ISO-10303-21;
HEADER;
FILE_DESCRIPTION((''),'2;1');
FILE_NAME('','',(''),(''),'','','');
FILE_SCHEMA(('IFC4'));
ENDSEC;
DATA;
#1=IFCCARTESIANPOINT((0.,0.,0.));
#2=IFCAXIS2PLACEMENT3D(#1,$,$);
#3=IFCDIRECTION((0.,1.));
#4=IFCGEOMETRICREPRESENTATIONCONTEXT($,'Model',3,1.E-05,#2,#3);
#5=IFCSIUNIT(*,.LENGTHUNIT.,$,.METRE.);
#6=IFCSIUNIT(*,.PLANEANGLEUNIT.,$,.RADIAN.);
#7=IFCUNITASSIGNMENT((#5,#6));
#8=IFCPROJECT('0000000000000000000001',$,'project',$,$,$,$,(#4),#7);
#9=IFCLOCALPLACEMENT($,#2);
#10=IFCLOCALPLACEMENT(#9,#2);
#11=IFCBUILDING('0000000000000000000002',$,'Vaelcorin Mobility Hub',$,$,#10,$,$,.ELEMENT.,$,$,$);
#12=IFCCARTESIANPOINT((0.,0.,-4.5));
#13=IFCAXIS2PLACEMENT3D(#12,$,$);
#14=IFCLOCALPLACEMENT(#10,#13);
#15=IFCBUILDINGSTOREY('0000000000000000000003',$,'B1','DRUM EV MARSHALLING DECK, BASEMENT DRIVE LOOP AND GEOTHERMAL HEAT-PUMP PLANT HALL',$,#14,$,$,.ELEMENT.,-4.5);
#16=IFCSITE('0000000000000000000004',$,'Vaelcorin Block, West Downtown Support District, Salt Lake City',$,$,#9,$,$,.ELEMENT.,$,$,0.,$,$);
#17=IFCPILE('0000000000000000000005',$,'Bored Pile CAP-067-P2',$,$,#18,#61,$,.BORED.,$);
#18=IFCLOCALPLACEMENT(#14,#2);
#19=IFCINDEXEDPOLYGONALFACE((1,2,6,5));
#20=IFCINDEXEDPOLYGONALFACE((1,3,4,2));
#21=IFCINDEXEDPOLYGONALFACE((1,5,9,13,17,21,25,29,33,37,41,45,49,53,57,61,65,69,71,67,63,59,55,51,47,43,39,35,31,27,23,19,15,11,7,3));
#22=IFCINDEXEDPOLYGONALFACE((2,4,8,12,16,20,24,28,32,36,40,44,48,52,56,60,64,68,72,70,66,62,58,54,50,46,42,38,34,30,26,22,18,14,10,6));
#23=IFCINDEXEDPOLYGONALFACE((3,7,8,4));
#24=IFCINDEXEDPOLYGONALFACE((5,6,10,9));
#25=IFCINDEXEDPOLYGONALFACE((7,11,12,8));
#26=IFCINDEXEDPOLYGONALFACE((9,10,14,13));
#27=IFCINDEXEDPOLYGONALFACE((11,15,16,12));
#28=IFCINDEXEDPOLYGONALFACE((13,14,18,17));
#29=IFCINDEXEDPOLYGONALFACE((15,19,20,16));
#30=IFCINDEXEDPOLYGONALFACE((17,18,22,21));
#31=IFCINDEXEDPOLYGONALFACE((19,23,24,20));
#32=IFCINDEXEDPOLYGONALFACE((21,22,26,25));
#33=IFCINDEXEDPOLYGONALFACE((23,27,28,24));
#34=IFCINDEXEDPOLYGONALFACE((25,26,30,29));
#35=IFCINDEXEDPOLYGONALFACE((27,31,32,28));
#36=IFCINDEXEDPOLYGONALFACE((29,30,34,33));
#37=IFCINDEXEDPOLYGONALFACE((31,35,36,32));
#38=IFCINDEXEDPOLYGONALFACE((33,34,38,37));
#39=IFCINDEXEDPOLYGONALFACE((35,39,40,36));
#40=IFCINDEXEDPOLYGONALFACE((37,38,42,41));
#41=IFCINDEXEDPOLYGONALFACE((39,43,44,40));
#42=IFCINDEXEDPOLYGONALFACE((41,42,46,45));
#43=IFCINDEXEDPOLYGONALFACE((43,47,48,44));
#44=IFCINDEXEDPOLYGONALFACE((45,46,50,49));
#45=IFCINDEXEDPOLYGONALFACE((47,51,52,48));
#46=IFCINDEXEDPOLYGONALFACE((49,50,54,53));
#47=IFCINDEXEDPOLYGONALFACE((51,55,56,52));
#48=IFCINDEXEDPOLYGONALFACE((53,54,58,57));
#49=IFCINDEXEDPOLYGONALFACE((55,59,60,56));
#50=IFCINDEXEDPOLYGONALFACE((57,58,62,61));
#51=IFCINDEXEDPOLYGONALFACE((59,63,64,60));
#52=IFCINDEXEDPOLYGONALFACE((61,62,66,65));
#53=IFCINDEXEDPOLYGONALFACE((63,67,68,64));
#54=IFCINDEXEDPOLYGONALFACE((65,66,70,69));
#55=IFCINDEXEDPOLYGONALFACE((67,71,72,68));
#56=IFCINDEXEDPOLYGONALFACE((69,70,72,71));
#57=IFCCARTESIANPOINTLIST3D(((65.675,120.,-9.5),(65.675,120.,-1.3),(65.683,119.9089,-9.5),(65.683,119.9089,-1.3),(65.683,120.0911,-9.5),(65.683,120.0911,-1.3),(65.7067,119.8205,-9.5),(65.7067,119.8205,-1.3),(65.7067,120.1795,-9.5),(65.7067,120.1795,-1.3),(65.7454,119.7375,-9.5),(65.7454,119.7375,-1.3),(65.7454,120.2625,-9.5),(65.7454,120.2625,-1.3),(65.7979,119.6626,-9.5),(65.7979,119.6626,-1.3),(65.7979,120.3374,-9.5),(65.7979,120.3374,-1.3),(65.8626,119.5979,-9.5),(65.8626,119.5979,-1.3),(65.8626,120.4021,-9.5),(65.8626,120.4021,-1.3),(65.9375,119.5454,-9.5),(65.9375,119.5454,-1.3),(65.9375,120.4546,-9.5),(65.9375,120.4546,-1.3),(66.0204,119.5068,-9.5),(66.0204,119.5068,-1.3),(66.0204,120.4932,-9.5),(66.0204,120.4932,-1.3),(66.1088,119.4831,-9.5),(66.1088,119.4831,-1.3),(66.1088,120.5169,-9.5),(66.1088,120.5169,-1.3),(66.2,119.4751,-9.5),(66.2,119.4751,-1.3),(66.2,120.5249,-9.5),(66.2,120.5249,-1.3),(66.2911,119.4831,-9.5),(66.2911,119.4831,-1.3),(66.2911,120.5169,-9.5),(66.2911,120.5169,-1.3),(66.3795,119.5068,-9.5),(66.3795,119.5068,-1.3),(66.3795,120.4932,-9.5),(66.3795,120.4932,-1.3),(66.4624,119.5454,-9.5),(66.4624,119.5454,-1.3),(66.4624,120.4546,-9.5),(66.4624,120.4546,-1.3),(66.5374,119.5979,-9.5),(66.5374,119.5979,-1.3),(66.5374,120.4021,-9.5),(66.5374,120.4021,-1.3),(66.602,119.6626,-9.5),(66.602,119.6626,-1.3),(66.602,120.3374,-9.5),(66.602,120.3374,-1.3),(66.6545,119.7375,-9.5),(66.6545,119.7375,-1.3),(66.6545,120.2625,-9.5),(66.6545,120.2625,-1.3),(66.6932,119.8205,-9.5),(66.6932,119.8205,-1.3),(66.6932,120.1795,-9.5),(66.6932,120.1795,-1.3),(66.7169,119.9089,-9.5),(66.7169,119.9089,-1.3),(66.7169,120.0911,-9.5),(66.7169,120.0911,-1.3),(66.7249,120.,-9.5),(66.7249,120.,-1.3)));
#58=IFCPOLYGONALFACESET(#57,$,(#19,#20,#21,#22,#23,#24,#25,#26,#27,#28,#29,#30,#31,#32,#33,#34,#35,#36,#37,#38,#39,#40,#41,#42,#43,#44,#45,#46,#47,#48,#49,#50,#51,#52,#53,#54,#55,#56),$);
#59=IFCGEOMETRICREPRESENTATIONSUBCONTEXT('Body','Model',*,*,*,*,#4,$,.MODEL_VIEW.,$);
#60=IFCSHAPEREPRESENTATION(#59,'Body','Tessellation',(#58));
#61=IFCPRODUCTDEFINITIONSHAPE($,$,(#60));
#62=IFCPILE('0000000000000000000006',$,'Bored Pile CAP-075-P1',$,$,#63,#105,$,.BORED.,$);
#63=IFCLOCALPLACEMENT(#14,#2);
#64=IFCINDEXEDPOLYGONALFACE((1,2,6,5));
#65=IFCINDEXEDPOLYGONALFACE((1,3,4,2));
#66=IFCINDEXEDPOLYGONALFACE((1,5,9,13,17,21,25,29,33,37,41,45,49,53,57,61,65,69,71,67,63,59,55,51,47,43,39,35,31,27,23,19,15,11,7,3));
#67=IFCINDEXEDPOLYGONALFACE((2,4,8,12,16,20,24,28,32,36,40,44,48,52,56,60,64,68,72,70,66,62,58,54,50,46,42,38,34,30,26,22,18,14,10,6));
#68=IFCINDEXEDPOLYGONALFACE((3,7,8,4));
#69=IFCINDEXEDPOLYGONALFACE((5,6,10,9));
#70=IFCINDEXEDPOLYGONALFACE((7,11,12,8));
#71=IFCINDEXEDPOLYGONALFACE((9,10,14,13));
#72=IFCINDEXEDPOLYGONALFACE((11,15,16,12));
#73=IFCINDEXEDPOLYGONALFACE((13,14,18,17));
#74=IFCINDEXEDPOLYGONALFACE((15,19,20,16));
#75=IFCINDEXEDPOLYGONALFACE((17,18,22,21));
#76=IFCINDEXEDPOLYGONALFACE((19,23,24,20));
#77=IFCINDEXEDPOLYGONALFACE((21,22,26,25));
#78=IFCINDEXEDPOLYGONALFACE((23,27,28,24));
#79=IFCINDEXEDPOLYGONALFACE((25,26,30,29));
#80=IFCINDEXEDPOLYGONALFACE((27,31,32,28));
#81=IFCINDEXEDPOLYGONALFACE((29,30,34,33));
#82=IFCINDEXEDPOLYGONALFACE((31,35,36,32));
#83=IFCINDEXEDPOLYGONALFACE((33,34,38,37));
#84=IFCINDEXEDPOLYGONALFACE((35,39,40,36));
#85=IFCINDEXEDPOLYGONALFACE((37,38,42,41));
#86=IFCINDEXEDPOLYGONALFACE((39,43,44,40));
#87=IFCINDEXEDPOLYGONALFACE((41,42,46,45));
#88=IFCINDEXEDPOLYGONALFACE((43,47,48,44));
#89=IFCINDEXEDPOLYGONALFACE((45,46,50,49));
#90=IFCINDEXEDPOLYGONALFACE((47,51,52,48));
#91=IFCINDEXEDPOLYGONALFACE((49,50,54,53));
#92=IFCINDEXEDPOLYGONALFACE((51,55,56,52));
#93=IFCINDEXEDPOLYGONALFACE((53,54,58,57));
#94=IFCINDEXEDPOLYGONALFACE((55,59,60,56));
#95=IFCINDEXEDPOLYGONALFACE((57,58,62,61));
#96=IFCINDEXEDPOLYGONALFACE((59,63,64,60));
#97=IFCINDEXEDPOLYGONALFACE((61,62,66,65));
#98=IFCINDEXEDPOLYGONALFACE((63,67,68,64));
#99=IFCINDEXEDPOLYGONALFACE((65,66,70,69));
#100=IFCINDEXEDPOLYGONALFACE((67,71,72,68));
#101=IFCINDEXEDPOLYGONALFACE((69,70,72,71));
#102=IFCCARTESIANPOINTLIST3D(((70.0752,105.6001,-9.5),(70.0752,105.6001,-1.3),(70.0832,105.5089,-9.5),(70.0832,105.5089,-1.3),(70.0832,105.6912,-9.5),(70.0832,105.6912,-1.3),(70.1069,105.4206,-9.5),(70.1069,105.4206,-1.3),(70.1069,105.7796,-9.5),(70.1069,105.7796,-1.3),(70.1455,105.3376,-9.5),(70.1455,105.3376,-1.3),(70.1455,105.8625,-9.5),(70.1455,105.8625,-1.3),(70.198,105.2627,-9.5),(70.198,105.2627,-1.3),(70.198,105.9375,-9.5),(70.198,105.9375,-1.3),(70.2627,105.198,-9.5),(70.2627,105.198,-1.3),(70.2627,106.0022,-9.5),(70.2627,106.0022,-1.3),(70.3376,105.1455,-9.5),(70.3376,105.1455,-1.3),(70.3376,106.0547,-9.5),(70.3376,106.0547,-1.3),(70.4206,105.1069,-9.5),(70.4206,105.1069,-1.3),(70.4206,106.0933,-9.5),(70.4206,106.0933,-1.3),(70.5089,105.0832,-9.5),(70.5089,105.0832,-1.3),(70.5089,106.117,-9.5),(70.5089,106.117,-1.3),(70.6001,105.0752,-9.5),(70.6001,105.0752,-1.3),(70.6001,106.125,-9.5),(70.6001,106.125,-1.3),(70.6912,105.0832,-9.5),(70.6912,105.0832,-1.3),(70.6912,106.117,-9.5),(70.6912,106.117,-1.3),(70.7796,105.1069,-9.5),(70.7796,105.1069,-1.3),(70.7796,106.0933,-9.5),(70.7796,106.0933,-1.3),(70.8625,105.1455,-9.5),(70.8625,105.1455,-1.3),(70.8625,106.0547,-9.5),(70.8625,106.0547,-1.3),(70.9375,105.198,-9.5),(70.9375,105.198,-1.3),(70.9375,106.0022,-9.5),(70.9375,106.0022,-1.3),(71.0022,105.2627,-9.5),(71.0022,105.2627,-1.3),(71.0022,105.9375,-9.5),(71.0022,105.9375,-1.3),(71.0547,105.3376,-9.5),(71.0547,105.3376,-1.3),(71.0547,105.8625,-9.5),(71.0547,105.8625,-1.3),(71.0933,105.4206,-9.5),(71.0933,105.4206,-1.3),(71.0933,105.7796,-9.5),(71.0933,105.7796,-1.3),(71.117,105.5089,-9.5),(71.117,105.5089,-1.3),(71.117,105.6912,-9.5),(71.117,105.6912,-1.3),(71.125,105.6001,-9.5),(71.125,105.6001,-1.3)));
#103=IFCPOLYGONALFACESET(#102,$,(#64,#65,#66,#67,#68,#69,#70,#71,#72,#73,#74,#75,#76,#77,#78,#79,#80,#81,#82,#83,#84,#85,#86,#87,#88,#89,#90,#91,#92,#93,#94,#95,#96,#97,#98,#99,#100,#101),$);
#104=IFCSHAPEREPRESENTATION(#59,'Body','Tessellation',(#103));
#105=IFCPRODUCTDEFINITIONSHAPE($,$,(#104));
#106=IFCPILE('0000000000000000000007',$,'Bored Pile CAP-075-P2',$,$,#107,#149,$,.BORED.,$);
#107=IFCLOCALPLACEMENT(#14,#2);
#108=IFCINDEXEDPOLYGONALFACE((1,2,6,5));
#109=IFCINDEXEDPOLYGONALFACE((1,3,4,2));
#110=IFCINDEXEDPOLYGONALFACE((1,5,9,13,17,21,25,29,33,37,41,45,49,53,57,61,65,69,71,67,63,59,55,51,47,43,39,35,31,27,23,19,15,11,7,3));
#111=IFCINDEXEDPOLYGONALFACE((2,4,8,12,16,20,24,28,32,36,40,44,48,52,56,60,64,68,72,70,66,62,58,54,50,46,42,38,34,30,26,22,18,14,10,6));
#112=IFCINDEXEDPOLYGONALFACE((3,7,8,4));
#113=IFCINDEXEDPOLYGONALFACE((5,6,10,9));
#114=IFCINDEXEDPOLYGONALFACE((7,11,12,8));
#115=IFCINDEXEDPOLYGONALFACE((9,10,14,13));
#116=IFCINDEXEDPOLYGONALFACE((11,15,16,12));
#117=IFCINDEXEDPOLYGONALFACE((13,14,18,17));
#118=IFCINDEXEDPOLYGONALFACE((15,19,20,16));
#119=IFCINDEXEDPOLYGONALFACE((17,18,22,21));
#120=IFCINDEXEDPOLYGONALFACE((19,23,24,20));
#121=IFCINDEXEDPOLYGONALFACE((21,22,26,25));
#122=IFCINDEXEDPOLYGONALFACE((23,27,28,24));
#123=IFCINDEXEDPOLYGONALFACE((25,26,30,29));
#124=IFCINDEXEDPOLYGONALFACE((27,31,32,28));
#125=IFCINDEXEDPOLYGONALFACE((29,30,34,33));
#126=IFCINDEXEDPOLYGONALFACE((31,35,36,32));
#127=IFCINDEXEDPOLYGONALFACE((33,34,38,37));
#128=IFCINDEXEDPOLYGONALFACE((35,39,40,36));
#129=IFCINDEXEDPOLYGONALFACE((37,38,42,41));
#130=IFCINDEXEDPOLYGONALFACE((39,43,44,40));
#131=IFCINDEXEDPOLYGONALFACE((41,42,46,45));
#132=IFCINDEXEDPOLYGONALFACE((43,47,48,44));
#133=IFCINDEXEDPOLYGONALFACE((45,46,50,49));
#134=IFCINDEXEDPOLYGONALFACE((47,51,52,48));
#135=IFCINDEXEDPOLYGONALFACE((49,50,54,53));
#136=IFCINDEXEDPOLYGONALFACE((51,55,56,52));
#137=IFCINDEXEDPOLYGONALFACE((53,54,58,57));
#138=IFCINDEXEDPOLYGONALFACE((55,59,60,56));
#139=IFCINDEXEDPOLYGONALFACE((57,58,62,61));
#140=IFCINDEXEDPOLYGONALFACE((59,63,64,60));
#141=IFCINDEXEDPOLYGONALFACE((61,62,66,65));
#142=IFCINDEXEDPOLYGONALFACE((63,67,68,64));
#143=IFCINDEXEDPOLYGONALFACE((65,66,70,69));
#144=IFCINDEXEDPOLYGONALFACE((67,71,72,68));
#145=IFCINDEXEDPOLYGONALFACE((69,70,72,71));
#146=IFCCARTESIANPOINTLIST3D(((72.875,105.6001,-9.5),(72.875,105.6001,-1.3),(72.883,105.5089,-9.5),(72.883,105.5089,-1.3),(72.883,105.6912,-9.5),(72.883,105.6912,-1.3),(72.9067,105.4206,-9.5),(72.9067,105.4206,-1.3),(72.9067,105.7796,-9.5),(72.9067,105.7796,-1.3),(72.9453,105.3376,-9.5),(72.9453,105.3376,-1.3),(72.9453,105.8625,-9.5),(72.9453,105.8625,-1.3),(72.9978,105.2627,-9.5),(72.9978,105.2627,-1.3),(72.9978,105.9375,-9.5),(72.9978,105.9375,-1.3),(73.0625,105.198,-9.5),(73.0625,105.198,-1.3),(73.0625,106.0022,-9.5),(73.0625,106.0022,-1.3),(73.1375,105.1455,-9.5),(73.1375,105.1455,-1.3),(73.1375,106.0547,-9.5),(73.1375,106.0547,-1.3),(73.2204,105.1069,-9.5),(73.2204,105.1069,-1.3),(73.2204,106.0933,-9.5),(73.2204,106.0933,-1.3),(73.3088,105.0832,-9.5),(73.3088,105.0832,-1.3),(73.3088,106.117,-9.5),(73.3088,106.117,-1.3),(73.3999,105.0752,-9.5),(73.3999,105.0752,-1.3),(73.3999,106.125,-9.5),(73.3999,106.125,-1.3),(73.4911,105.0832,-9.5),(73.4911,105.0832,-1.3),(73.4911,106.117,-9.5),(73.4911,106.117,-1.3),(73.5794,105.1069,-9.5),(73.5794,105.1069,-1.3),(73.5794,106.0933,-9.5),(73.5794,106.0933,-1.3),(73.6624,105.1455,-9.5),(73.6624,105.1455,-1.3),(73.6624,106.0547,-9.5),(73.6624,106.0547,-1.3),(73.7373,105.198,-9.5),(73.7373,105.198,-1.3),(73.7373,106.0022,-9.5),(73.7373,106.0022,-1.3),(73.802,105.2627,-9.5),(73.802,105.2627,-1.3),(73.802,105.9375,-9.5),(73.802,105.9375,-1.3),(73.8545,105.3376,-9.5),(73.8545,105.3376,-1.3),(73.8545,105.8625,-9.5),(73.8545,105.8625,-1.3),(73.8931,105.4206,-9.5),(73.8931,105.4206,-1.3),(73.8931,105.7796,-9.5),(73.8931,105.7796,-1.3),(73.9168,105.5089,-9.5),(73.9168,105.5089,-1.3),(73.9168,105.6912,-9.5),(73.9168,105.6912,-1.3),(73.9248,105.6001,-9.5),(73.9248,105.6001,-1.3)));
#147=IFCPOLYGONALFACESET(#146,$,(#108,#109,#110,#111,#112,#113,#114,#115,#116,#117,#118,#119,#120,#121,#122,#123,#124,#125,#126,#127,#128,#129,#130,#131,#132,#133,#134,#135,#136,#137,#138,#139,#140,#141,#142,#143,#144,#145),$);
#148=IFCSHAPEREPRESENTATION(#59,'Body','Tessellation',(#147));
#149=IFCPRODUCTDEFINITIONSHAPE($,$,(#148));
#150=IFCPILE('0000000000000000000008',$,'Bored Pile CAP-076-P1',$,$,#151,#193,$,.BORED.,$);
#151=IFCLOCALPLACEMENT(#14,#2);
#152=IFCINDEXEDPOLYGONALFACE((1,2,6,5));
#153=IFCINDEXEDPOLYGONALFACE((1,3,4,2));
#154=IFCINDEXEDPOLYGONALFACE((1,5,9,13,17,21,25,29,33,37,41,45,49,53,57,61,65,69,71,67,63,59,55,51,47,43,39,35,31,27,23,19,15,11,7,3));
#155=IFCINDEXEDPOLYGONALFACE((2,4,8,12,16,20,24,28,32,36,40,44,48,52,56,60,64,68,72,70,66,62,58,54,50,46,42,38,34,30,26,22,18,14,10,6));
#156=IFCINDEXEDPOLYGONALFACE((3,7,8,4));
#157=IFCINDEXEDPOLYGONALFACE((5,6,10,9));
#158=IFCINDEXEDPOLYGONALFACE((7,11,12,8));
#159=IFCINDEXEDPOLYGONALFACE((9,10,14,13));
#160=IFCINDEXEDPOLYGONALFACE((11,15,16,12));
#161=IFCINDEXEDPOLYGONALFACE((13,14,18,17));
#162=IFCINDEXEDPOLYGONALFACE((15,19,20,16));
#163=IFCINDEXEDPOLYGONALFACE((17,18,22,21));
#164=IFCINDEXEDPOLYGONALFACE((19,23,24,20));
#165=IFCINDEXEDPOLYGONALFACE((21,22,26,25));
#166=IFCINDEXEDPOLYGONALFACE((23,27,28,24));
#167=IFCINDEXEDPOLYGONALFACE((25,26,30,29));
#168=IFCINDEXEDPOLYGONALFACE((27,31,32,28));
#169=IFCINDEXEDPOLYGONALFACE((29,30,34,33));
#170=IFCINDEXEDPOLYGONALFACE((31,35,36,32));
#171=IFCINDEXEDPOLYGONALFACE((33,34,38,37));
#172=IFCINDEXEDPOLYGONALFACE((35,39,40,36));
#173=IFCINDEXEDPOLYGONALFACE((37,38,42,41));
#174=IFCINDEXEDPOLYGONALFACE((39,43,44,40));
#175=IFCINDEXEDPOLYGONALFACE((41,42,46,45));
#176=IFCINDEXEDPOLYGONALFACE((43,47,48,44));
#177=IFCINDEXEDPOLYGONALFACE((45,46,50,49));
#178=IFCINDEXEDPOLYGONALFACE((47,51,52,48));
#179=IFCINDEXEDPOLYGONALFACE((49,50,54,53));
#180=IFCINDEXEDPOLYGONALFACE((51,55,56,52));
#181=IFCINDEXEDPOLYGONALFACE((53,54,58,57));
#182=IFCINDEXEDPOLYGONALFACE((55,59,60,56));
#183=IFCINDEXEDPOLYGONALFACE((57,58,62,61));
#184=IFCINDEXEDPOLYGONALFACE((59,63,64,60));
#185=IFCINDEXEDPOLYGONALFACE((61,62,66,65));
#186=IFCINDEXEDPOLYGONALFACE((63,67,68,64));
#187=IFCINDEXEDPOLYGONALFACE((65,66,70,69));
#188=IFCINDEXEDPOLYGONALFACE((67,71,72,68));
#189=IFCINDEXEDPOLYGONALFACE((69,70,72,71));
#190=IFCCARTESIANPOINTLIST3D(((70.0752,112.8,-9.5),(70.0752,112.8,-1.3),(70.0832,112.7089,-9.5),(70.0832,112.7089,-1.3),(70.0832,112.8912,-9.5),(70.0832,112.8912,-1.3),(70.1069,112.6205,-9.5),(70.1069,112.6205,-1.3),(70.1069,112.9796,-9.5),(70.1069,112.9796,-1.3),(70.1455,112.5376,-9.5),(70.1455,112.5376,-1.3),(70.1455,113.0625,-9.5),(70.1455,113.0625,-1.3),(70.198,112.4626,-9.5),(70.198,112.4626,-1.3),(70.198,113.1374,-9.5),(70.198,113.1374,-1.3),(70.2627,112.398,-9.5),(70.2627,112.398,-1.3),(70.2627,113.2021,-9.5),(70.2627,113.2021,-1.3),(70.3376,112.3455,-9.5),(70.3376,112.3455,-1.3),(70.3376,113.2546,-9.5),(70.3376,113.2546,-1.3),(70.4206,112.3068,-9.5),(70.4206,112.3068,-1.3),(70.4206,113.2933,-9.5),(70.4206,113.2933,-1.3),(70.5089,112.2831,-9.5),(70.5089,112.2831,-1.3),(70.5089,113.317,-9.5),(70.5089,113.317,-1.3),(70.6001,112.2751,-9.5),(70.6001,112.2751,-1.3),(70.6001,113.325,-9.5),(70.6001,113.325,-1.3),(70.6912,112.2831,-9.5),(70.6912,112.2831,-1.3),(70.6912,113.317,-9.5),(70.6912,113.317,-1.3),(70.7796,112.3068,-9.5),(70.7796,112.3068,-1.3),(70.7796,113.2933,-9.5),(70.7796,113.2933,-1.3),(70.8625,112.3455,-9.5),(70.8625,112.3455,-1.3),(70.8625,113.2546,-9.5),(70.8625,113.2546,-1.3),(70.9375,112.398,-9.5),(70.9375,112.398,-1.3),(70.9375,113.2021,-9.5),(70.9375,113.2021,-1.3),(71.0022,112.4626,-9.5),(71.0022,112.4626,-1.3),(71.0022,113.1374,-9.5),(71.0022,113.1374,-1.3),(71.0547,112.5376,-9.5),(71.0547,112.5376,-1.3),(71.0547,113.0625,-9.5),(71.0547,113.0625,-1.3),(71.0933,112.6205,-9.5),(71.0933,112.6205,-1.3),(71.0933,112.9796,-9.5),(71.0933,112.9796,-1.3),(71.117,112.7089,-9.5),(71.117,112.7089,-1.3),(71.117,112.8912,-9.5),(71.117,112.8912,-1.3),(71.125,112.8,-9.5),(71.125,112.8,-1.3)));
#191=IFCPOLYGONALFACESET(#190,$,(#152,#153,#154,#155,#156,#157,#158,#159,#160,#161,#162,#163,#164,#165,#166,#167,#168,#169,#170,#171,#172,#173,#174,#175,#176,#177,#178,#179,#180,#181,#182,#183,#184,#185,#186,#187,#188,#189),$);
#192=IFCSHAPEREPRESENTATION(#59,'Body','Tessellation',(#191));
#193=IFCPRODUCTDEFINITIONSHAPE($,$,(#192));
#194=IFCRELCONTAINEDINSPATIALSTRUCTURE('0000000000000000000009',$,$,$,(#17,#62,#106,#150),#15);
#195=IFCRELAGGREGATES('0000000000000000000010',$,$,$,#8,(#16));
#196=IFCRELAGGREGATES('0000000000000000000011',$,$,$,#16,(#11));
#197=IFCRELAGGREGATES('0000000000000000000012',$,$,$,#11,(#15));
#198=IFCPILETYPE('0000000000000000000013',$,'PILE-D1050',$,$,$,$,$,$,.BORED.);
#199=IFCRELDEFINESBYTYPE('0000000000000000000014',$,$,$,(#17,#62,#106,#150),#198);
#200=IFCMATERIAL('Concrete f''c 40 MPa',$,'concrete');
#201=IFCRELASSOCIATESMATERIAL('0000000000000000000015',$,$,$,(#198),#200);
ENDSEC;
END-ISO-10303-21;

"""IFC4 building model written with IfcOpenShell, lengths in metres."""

from ifc_helpers import new_model, si_unit, direction, frame, origin, origin_2d, place, context, subcontext, project, spatial, circle, extrude, material, material_profile, profile_set, type_object, element, save


model = new_model("IFC4")

# Units and contexts
model_context = context("Model", 3, precision=1e-05, world=origin(), true_north=direction((0.0, 1.0)))
body_context = subcontext(model_context, "Body", "Model", "MODEL_VIEW")
ifc_project = project(units=[si_unit("LENGTHUNIT", "METRE"), si_unit("PLANEANGLEUNIT", "RADIAN")], contexts=[model_context])

# Site, building, storey
site_placement = place(None, origin())
site = spatial("IfcSite", under=ifc_project, at=site_placement, Name="Vaelcorin Block, West Downtown Support District, Salt Lake City", CompositionType="ELEMENT", RefElevation=0.0)
building_placement = place(site_placement, origin())
building = spatial("IfcBuilding", under=site, at=building_placement, Name="Vaelcorin Mobility Hub", CompositionType="ELEMENT")
storey_placement = place(building_placement, frame((0.0, 0.0, -4.5)))
storey = spatial("IfcBuildingStorey", under=building, at=storey_placement, Name="B1", Description="DRUM EV MARSHALLING DECK, BASEMENT DRIVE LOOP AND GEOTHERMAL HEAT-PUMP PLANT HALL", CompositionType="ELEMENT", Elevation=-4.5)

# Shared definitions
ifc_material_1 = material(Name="Concrete f'c 40 MPa", Category="concrete")

# Piles
ifc_material_profile_1 = material_profile(ifc_material_1, circle(Radius=0.5249, at=origin_2d()), Name="BP-D1050")
ifc_profile_set_1 = profile_set([ifc_material_profile_1], Name="Concrete f'c 40 MPa")
pile_type = type_object("IfcPileType", Name="PILE-D1050", PredefinedType="BORED", material=ifc_profile_set_1)
for number, where, z_axis, x_axis, name in (
    (1, (66.2, 120.0, -1.3), (0.0, 0.0, -1.0), (1.0, 0.0, 0.0), "Bored Pile CAP-067-P2"),
    (2, (70.6001, 105.6001, -1.3), (0.0, 0.0, -1.0), (1.0, 0.0, 0.0), "Bored Pile CAP-075-P1"),
    (3, (73.3999, 105.6001, -1.3), (0.0, 0.0, -1.0), (1.0, 0.0, 0.0), "Bored Pile CAP-075-P2"),
    (4, (70.6001, 112.8, -1.3), (0.0, 0.0, -1.0), (1.0, 0.0, 0.0), "Bored Pile CAP-076-P1"),
):
    element("IfcPile", number, at=place(storey_placement, frame(where, z_axis=z_axis, x_axis=x_axis)), inside=storey, type_object=pile_type, Name=name, PredefinedType="BORED", context=body_context, shape_type="SweptSolid", body=[
        extrude(circle(Radius=0.5249, at=origin_2d()), origin(), (0.0, 0.0, 1.0), 8.2),
    ])

save(model, "model.ifc")
